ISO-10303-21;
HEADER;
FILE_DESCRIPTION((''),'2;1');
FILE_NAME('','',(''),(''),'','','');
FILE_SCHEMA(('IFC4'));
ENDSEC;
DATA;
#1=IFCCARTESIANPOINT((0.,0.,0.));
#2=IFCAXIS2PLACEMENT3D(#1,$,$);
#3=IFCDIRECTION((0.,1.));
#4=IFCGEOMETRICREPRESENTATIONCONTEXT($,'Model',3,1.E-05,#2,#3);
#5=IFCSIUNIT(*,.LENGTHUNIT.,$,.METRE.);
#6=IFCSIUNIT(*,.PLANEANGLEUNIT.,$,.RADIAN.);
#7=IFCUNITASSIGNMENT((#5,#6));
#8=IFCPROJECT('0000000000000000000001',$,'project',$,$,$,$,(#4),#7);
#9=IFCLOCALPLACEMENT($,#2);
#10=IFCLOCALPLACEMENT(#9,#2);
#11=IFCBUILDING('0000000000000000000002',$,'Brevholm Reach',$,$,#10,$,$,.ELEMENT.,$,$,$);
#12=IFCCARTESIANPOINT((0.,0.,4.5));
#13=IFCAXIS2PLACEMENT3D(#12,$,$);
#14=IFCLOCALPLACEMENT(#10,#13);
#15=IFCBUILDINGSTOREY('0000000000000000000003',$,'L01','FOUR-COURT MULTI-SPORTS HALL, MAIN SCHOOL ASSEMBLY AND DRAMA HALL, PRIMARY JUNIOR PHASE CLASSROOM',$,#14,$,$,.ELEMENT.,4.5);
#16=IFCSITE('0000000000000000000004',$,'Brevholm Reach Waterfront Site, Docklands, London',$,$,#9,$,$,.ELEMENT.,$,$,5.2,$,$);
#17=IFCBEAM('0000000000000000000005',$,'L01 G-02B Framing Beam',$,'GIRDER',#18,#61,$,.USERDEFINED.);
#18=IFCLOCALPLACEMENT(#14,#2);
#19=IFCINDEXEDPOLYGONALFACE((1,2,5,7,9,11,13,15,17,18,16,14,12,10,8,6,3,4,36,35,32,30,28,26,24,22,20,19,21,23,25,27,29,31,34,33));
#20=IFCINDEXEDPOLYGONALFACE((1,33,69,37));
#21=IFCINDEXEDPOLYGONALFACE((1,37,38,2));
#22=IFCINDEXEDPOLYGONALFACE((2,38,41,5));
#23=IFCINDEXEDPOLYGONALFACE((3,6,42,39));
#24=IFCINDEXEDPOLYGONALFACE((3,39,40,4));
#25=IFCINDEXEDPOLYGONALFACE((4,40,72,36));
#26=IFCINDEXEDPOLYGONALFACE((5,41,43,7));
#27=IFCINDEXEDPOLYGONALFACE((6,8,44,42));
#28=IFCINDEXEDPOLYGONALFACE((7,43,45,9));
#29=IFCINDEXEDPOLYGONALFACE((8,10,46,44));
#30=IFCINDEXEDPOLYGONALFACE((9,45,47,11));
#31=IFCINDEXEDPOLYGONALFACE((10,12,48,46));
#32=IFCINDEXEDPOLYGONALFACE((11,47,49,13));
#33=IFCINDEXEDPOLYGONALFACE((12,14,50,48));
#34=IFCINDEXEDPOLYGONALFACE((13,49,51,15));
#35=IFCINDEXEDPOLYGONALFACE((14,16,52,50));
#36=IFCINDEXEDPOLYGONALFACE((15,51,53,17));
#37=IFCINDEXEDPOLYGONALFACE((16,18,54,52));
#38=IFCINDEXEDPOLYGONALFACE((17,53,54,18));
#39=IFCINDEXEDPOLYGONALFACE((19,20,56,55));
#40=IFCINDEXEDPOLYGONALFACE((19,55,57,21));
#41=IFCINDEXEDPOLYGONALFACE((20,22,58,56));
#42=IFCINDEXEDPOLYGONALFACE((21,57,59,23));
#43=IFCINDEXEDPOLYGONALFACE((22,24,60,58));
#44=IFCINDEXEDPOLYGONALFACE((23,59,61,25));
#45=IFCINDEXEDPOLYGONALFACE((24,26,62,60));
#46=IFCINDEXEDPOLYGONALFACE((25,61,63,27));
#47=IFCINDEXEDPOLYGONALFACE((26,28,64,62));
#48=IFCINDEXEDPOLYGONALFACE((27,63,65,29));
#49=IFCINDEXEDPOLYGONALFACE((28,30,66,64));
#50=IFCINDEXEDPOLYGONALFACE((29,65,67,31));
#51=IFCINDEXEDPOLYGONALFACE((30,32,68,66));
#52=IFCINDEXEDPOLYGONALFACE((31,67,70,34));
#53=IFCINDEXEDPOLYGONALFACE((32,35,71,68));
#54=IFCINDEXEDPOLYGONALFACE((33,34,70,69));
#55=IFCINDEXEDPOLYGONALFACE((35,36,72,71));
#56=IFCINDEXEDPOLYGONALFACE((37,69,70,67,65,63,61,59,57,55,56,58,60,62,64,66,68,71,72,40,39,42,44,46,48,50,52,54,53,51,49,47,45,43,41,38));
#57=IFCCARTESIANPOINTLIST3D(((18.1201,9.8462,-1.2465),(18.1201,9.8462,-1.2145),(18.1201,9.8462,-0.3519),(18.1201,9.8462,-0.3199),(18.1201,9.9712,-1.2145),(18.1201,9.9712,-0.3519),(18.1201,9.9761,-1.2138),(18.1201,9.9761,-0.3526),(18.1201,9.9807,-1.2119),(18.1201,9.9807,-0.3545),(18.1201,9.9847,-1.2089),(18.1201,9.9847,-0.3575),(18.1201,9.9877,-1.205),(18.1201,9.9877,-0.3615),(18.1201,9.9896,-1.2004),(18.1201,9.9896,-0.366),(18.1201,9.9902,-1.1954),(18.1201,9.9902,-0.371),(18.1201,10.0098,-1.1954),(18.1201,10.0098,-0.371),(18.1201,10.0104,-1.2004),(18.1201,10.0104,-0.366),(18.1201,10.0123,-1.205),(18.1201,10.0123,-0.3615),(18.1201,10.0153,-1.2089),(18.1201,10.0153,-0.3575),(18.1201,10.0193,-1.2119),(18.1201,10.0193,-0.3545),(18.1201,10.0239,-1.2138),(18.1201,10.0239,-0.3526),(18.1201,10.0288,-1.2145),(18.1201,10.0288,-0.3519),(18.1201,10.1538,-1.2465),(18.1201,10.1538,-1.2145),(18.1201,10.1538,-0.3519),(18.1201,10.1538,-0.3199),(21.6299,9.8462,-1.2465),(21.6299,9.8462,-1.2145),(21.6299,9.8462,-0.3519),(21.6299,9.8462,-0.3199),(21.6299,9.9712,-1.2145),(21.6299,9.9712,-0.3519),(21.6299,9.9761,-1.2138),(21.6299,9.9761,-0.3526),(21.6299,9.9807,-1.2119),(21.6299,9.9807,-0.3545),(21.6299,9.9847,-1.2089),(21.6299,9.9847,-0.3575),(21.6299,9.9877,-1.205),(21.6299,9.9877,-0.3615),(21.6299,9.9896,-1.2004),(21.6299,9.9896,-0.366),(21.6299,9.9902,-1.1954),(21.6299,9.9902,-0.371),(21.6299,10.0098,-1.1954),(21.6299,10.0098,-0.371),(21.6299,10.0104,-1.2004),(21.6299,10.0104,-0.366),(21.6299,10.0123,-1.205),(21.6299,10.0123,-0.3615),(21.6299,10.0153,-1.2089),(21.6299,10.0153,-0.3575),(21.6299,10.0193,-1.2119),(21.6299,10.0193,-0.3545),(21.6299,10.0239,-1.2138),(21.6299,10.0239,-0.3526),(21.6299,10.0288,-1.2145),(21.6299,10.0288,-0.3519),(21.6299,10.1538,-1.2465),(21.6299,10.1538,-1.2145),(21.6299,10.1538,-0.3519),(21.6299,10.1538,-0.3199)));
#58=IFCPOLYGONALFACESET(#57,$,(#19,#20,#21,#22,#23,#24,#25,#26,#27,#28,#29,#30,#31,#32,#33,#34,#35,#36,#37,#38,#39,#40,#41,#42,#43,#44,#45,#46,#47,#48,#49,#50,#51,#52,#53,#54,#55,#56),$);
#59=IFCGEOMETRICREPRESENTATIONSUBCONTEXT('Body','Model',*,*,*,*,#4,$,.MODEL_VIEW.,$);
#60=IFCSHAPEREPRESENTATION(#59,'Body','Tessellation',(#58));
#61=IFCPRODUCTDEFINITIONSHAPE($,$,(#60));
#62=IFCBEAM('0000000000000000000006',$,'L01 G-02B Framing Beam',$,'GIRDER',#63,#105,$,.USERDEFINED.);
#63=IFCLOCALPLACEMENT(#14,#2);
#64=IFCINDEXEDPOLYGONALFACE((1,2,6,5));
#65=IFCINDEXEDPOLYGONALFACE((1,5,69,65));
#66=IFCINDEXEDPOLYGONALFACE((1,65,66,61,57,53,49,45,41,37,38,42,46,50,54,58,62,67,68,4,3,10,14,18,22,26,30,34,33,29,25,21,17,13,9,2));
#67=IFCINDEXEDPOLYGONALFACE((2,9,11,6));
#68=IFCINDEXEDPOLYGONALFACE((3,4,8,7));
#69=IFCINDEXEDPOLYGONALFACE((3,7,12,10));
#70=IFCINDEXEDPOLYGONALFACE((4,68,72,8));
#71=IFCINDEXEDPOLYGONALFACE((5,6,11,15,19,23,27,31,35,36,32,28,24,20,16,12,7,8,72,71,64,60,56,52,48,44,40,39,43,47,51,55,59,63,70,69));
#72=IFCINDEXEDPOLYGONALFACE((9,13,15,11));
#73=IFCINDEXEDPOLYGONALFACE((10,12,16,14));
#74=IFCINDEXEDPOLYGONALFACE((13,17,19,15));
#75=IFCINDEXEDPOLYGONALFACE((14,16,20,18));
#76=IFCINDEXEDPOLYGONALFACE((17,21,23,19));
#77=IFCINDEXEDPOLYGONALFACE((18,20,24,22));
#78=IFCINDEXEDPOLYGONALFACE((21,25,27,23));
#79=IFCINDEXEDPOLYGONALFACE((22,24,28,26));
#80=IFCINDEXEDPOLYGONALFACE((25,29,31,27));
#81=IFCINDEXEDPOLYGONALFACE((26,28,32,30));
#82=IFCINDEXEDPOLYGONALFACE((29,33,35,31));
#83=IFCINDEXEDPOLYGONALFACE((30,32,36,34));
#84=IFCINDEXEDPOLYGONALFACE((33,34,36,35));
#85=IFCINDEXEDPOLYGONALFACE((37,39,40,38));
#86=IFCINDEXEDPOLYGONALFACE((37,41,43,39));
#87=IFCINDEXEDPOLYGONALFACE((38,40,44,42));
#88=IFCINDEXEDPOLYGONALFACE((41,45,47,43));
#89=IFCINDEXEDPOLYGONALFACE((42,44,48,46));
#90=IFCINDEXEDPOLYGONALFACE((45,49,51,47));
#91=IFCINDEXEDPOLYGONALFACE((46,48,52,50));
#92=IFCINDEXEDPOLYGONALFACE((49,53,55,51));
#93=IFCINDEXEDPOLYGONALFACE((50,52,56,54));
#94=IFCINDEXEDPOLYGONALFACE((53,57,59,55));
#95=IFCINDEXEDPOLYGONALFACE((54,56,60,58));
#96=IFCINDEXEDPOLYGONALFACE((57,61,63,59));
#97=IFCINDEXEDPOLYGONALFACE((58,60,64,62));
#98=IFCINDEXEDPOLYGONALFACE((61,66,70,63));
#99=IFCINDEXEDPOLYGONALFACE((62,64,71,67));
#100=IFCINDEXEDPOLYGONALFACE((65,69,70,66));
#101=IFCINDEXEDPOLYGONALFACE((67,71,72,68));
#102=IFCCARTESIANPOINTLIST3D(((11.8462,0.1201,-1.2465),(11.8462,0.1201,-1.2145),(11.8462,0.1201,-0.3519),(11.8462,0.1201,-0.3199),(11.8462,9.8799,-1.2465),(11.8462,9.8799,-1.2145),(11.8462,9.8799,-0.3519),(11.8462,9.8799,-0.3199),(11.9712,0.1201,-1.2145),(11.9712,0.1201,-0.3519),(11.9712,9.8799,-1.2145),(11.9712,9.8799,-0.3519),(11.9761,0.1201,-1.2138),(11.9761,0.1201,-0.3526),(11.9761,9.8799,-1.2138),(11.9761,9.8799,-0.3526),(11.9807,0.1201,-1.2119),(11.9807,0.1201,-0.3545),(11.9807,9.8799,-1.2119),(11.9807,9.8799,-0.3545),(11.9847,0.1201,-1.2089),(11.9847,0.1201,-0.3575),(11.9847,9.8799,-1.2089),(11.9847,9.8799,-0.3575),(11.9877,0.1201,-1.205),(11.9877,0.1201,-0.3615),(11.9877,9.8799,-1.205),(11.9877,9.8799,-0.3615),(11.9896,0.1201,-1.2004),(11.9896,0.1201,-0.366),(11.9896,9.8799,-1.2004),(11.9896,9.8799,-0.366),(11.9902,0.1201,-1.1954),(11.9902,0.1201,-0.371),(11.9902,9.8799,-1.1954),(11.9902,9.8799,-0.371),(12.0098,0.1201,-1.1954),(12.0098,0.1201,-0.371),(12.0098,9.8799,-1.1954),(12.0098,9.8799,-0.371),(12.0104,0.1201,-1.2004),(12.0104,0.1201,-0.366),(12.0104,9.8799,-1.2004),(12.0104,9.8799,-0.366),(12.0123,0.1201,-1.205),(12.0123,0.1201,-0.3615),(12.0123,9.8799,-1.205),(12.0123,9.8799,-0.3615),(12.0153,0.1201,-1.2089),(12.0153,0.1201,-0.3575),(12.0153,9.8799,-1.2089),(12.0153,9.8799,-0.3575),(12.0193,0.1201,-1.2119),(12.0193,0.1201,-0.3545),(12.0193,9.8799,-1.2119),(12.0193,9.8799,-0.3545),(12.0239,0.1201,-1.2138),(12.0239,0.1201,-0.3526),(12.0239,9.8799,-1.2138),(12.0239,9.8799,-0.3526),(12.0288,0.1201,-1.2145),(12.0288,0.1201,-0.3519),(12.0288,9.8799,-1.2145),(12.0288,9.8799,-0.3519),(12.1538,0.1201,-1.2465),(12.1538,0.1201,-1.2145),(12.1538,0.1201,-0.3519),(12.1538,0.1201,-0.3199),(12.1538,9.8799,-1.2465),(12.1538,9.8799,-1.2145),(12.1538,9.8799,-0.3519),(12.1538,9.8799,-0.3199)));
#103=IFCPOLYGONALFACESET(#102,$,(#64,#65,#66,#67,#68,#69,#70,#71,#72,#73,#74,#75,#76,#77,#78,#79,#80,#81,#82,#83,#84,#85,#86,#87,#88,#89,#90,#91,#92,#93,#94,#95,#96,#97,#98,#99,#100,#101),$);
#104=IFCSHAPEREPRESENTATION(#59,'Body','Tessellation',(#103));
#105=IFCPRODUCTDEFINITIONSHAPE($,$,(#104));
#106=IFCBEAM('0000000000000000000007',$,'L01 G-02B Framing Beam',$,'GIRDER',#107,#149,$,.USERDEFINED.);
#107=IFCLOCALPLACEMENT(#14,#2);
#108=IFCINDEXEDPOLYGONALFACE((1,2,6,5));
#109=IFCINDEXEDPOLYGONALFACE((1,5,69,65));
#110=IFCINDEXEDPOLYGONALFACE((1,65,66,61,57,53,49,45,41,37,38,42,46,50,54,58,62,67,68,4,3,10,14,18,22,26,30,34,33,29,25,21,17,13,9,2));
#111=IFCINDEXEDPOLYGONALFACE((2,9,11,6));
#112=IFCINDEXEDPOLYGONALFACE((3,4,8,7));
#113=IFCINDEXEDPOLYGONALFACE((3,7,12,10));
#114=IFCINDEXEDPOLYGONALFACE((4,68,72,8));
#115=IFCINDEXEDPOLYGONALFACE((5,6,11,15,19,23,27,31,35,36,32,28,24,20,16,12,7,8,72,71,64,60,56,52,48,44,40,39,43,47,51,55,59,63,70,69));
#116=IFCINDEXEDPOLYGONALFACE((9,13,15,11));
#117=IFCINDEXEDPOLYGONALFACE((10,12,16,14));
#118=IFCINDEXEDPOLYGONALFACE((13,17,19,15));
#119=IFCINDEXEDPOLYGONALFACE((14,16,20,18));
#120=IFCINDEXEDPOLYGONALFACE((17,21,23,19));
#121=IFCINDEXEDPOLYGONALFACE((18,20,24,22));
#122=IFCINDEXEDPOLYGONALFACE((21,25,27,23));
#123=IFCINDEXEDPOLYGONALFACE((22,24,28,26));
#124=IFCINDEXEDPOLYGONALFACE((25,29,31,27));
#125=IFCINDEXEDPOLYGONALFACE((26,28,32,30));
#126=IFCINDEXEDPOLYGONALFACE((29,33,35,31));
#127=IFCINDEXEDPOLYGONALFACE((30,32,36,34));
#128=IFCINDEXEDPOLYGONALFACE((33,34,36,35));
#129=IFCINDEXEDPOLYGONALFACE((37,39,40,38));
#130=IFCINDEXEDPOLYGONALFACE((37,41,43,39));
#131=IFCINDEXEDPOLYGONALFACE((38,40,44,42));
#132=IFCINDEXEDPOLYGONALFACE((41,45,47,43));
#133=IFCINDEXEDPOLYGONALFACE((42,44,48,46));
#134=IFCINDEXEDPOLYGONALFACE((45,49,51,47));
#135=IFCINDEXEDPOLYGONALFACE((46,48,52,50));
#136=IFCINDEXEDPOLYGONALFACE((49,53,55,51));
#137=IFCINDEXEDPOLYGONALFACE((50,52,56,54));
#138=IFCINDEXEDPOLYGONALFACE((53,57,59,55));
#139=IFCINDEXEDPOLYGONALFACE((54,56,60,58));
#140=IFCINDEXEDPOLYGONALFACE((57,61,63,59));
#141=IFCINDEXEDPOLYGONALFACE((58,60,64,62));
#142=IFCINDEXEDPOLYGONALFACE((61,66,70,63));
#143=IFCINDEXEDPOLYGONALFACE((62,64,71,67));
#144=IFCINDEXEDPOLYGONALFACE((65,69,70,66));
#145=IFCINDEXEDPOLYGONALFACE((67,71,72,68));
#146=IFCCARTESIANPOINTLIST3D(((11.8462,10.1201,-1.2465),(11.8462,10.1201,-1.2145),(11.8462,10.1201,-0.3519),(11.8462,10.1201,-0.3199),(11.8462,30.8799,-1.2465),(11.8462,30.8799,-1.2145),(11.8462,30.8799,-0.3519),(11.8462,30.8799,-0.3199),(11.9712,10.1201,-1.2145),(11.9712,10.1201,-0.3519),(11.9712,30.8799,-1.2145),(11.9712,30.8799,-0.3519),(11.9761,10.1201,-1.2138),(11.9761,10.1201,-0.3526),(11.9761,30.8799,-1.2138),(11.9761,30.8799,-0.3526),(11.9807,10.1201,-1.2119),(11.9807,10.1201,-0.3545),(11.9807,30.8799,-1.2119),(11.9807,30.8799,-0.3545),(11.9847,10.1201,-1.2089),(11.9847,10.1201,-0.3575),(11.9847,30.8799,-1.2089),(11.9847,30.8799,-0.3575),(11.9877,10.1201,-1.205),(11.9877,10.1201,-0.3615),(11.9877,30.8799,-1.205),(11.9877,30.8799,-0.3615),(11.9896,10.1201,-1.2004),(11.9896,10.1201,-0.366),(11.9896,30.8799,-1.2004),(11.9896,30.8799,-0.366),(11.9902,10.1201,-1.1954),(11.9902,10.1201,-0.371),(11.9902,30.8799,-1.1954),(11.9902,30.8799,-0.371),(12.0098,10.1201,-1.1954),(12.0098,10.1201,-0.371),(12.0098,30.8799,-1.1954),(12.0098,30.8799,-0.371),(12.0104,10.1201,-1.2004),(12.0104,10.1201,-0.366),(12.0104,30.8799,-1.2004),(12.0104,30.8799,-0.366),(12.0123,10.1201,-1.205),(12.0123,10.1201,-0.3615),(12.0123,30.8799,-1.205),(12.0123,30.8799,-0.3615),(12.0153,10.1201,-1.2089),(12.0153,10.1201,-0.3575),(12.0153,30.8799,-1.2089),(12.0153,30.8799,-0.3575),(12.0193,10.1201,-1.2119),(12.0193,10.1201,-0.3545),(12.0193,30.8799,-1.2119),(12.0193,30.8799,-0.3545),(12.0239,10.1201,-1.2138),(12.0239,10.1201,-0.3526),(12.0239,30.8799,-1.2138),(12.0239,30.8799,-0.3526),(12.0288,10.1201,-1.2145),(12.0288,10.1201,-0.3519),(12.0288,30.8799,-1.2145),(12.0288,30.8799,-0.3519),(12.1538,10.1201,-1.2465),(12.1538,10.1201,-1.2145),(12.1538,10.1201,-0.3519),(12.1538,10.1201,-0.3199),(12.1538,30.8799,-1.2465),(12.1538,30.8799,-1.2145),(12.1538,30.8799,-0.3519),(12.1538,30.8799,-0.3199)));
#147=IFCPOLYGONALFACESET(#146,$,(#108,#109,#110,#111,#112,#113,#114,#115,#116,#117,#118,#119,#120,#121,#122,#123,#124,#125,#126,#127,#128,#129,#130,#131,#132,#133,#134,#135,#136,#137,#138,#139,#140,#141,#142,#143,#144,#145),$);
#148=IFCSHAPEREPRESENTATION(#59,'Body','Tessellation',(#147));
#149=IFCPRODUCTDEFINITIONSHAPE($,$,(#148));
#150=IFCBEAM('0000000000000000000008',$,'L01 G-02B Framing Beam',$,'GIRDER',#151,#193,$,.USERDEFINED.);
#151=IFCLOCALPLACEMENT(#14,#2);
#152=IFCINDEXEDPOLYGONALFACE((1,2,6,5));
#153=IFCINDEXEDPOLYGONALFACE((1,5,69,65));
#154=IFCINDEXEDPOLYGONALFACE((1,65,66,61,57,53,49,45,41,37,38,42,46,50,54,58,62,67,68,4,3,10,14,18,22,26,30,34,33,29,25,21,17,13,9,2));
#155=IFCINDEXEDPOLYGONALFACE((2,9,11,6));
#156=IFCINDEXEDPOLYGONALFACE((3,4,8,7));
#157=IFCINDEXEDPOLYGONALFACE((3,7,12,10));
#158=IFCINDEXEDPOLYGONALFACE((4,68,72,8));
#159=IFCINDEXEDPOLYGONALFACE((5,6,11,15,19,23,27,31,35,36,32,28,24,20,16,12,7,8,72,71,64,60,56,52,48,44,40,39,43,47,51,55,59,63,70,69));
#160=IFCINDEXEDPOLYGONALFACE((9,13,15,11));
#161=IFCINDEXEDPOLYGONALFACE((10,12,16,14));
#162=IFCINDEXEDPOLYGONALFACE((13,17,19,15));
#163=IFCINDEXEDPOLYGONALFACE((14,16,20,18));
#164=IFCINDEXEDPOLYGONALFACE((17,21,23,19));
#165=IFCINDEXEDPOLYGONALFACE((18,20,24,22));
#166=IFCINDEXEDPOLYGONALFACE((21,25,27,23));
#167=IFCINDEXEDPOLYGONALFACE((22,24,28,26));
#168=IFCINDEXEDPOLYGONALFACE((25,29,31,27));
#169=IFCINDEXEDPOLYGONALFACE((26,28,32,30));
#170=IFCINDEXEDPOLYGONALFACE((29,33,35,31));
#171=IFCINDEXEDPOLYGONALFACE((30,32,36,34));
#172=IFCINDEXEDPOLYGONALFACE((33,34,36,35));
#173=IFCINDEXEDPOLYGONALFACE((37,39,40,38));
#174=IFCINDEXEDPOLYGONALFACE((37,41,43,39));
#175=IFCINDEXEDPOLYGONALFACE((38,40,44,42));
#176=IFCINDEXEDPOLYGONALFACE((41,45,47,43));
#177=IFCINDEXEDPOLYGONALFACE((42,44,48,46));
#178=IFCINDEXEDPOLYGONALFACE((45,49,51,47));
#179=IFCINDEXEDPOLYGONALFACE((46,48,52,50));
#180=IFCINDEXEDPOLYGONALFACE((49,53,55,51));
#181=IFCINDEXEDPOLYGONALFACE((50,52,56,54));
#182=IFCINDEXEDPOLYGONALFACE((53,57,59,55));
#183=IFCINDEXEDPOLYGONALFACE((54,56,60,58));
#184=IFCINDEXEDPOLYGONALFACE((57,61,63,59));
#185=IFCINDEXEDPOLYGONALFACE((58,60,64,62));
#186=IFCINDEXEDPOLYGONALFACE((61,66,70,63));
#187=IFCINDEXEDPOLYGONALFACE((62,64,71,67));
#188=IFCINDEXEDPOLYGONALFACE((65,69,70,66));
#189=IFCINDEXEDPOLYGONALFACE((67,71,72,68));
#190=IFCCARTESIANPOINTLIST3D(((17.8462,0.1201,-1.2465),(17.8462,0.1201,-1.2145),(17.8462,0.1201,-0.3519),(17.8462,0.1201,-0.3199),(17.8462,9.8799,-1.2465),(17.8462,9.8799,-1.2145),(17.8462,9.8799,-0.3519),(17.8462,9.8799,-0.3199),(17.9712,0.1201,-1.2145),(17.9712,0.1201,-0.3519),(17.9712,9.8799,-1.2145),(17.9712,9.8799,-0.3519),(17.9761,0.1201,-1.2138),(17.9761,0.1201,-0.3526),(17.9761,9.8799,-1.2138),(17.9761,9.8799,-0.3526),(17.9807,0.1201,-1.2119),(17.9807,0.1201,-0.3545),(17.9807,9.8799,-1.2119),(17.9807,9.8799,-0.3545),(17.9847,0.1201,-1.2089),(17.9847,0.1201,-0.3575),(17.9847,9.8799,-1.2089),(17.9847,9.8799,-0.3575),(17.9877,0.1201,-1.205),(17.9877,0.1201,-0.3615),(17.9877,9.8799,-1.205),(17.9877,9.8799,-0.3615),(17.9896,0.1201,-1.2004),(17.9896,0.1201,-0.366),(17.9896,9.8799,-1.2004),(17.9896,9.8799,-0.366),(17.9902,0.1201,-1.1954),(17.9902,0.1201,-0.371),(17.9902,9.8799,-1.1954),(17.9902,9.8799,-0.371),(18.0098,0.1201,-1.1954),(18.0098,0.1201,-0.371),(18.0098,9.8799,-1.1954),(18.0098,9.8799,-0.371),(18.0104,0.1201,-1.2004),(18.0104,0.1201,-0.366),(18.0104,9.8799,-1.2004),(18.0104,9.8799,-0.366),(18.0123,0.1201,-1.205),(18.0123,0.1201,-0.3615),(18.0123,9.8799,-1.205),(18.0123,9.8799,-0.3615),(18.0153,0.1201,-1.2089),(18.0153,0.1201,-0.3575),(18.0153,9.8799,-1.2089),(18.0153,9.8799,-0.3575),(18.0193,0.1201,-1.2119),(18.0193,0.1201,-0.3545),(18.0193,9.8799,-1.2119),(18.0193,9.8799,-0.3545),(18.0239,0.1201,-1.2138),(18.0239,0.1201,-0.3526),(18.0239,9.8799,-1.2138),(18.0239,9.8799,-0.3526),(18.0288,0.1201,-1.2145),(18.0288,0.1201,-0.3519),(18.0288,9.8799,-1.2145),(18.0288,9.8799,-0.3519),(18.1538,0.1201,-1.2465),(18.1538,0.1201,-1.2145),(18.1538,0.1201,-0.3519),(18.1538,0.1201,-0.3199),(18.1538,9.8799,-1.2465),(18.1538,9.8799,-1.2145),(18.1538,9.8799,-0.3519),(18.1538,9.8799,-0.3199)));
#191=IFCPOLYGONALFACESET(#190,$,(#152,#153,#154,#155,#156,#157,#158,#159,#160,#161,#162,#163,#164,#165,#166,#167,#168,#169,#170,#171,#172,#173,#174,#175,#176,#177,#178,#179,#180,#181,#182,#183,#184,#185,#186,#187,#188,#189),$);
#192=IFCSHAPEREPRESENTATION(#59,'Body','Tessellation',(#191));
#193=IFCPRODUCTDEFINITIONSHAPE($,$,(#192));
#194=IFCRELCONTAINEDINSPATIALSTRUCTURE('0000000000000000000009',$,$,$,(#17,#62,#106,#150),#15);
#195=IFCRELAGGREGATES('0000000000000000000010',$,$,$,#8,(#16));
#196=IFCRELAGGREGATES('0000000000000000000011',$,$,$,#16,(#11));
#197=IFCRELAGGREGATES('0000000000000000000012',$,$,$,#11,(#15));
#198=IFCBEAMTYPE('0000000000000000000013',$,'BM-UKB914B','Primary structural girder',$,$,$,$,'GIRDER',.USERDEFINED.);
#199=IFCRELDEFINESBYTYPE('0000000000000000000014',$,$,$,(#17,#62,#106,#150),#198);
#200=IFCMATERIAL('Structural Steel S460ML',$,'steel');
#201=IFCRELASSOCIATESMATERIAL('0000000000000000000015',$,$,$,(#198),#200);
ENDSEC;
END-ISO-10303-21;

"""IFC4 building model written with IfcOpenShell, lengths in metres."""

from ifc_helpers import new_model, si_unit, direction, frame, origin, origin_2d, place, context, subcontext, project, spatial, i_section, extrude, material, material_profile, profile_set, type_object, element, save


model = new_model("IFC4")

# Units and contexts
model_context = context("Model", 3, precision=1e-05, world=origin(), true_north=direction((0.0, 1.0)))
body_context = subcontext(model_context, "Body", "Model", "MODEL_VIEW")
ifc_project = project(units=[si_unit("LENGTHUNIT", "METRE"), si_unit("PLANEANGLEUNIT", "RADIAN")], contexts=[model_context])

# Site, building, storey
site_placement = place(None, origin())
site = spatial("IfcSite", under=ifc_project, at=site_placement, Name="Brevholm Reach Waterfront Site, Docklands, London", CompositionType="ELEMENT", RefElevation=5.2)
building_placement = place(site_placement, origin())
building = spatial("IfcBuilding", under=site, at=building_placement, Name="Brevholm Reach", CompositionType="ELEMENT")
storey_placement = place(building_placement, frame((0.0, 0.0, 4.5)))
storey = spatial("IfcBuildingStorey", under=building, at=storey_placement, Name="L01", Description="FOUR-COURT MULTI-SPORTS HALL, MAIN SCHOOL ASSEMBLY AND DRAMA HALL, PRIMARY JUNIOR PHASE CLASSROOM", CompositionType="ELEMENT", Elevation=4.5)

# Beams
ifc_material_1 = material(Name="Structural Steel S460ML", Category="steel")
ifc_material_profile_1 = material_profile(ifc_material_1, i_section(OverallWidth=0.3076, OverallDepth=0.9265, WebThickness=0.0195, FlangeThickness=0.032, FilletRadius=0.019, at=origin_2d()), Name="UKB 914x305x289")
ifc_profile_set_1 = profile_set([ifc_material_profile_1], Name="Structural Steel S460ML")
beam_type_1 = type_object("IfcBeamType", Name="BM-UKB914B", Description="Primary structural girder", ElementType="GIRDER", PredefinedType="USERDEFINED", material=ifc_profile_set_1)
beam_1_placement = place(storey_placement, frame((18.1201, 10.0, -0.7832), z_axis=(1.0, 0.0, 0.0), x_axis=(0.0, 1.0, 0.0)))
element("IfcBeam", 1, at=beam_1_placement, inside=storey, type_object=beam_type_1, Name="L01 G-02B Framing Beam", ObjectType="GIRDER", PredefinedType="USERDEFINED", context=body_context, shape_type="SweptSolid", body=[
    extrude(i_section(OverallWidth=0.3076, OverallDepth=0.9265, WebThickness=0.0195, FlangeThickness=0.032, FilletRadius=0.019, at=origin_2d()), origin(), (0.0, 0.0, 1.0), 3.5098),
])
beam_2_placement = place(storey_placement, frame((12.0, 0.1201, -0.7832), z_axis=(0.0, 1.0, 0.0), x_axis=(-1.0, 0.0, 0.0)))
element("IfcBeam", 2, at=beam_2_placement, inside=storey, type_object=beam_type_1, Name="L01 G-02B Framing Beam", ObjectType="GIRDER", PredefinedType="USERDEFINED", context=body_context, shape_type="SweptSolid", body=[
    extrude(i_section(OverallWidth=0.3076, OverallDepth=0.9265, WebThickness=0.0195, FlangeThickness=0.032, FilletRadius=0.019, at=origin_2d()), origin(), (0.0, 0.0, 1.0), 9.7598),
])
beam_3_placement = place(storey_placement, frame((12.0, 10.1201, -0.7832), z_axis=(0.0, 1.0, 0.0), x_axis=(-1.0, 0.0, 0.0)))
element("IfcBeam", 3, at=beam_3_placement, inside=storey, type_object=beam_type_1, Name="L01 G-02B Framing Beam", ObjectType="GIRDER", PredefinedType="USERDEFINED", context=body_context, shape_type="SweptSolid", body=[
    extrude(i_section(OverallWidth=0.3076, OverallDepth=0.9265, WebThickness=0.0195, FlangeThickness=0.032, FilletRadius=0.019, at=origin_2d()), origin(), (0.0, 0.0, 1.0), 20.7598),
])
beam_4_placement = place(storey_placement, frame((18.0, 0.1201, -0.7832), z_axis=(0.0, 1.0, 0.0), x_axis=(-1.0, 0.0, 0.0)))
element("IfcBeam", 4, at=beam_4_placement, inside=storey, type_object=beam_type_1, Name="L01 G-02B Framing Beam", ObjectType="GIRDER", PredefinedType="USERDEFINED", context=body_context, shape_type="SweptSolid", body=[
    extrude(i_section(OverallWidth=0.3076, OverallDepth=0.9265, WebThickness=0.0195, FlangeThickness=0.032, FilletRadius=0.019, at=origin_2d()), origin(), (0.0, 0.0, 1.0), 9.7598),
])

save(model, "model.ifc")
